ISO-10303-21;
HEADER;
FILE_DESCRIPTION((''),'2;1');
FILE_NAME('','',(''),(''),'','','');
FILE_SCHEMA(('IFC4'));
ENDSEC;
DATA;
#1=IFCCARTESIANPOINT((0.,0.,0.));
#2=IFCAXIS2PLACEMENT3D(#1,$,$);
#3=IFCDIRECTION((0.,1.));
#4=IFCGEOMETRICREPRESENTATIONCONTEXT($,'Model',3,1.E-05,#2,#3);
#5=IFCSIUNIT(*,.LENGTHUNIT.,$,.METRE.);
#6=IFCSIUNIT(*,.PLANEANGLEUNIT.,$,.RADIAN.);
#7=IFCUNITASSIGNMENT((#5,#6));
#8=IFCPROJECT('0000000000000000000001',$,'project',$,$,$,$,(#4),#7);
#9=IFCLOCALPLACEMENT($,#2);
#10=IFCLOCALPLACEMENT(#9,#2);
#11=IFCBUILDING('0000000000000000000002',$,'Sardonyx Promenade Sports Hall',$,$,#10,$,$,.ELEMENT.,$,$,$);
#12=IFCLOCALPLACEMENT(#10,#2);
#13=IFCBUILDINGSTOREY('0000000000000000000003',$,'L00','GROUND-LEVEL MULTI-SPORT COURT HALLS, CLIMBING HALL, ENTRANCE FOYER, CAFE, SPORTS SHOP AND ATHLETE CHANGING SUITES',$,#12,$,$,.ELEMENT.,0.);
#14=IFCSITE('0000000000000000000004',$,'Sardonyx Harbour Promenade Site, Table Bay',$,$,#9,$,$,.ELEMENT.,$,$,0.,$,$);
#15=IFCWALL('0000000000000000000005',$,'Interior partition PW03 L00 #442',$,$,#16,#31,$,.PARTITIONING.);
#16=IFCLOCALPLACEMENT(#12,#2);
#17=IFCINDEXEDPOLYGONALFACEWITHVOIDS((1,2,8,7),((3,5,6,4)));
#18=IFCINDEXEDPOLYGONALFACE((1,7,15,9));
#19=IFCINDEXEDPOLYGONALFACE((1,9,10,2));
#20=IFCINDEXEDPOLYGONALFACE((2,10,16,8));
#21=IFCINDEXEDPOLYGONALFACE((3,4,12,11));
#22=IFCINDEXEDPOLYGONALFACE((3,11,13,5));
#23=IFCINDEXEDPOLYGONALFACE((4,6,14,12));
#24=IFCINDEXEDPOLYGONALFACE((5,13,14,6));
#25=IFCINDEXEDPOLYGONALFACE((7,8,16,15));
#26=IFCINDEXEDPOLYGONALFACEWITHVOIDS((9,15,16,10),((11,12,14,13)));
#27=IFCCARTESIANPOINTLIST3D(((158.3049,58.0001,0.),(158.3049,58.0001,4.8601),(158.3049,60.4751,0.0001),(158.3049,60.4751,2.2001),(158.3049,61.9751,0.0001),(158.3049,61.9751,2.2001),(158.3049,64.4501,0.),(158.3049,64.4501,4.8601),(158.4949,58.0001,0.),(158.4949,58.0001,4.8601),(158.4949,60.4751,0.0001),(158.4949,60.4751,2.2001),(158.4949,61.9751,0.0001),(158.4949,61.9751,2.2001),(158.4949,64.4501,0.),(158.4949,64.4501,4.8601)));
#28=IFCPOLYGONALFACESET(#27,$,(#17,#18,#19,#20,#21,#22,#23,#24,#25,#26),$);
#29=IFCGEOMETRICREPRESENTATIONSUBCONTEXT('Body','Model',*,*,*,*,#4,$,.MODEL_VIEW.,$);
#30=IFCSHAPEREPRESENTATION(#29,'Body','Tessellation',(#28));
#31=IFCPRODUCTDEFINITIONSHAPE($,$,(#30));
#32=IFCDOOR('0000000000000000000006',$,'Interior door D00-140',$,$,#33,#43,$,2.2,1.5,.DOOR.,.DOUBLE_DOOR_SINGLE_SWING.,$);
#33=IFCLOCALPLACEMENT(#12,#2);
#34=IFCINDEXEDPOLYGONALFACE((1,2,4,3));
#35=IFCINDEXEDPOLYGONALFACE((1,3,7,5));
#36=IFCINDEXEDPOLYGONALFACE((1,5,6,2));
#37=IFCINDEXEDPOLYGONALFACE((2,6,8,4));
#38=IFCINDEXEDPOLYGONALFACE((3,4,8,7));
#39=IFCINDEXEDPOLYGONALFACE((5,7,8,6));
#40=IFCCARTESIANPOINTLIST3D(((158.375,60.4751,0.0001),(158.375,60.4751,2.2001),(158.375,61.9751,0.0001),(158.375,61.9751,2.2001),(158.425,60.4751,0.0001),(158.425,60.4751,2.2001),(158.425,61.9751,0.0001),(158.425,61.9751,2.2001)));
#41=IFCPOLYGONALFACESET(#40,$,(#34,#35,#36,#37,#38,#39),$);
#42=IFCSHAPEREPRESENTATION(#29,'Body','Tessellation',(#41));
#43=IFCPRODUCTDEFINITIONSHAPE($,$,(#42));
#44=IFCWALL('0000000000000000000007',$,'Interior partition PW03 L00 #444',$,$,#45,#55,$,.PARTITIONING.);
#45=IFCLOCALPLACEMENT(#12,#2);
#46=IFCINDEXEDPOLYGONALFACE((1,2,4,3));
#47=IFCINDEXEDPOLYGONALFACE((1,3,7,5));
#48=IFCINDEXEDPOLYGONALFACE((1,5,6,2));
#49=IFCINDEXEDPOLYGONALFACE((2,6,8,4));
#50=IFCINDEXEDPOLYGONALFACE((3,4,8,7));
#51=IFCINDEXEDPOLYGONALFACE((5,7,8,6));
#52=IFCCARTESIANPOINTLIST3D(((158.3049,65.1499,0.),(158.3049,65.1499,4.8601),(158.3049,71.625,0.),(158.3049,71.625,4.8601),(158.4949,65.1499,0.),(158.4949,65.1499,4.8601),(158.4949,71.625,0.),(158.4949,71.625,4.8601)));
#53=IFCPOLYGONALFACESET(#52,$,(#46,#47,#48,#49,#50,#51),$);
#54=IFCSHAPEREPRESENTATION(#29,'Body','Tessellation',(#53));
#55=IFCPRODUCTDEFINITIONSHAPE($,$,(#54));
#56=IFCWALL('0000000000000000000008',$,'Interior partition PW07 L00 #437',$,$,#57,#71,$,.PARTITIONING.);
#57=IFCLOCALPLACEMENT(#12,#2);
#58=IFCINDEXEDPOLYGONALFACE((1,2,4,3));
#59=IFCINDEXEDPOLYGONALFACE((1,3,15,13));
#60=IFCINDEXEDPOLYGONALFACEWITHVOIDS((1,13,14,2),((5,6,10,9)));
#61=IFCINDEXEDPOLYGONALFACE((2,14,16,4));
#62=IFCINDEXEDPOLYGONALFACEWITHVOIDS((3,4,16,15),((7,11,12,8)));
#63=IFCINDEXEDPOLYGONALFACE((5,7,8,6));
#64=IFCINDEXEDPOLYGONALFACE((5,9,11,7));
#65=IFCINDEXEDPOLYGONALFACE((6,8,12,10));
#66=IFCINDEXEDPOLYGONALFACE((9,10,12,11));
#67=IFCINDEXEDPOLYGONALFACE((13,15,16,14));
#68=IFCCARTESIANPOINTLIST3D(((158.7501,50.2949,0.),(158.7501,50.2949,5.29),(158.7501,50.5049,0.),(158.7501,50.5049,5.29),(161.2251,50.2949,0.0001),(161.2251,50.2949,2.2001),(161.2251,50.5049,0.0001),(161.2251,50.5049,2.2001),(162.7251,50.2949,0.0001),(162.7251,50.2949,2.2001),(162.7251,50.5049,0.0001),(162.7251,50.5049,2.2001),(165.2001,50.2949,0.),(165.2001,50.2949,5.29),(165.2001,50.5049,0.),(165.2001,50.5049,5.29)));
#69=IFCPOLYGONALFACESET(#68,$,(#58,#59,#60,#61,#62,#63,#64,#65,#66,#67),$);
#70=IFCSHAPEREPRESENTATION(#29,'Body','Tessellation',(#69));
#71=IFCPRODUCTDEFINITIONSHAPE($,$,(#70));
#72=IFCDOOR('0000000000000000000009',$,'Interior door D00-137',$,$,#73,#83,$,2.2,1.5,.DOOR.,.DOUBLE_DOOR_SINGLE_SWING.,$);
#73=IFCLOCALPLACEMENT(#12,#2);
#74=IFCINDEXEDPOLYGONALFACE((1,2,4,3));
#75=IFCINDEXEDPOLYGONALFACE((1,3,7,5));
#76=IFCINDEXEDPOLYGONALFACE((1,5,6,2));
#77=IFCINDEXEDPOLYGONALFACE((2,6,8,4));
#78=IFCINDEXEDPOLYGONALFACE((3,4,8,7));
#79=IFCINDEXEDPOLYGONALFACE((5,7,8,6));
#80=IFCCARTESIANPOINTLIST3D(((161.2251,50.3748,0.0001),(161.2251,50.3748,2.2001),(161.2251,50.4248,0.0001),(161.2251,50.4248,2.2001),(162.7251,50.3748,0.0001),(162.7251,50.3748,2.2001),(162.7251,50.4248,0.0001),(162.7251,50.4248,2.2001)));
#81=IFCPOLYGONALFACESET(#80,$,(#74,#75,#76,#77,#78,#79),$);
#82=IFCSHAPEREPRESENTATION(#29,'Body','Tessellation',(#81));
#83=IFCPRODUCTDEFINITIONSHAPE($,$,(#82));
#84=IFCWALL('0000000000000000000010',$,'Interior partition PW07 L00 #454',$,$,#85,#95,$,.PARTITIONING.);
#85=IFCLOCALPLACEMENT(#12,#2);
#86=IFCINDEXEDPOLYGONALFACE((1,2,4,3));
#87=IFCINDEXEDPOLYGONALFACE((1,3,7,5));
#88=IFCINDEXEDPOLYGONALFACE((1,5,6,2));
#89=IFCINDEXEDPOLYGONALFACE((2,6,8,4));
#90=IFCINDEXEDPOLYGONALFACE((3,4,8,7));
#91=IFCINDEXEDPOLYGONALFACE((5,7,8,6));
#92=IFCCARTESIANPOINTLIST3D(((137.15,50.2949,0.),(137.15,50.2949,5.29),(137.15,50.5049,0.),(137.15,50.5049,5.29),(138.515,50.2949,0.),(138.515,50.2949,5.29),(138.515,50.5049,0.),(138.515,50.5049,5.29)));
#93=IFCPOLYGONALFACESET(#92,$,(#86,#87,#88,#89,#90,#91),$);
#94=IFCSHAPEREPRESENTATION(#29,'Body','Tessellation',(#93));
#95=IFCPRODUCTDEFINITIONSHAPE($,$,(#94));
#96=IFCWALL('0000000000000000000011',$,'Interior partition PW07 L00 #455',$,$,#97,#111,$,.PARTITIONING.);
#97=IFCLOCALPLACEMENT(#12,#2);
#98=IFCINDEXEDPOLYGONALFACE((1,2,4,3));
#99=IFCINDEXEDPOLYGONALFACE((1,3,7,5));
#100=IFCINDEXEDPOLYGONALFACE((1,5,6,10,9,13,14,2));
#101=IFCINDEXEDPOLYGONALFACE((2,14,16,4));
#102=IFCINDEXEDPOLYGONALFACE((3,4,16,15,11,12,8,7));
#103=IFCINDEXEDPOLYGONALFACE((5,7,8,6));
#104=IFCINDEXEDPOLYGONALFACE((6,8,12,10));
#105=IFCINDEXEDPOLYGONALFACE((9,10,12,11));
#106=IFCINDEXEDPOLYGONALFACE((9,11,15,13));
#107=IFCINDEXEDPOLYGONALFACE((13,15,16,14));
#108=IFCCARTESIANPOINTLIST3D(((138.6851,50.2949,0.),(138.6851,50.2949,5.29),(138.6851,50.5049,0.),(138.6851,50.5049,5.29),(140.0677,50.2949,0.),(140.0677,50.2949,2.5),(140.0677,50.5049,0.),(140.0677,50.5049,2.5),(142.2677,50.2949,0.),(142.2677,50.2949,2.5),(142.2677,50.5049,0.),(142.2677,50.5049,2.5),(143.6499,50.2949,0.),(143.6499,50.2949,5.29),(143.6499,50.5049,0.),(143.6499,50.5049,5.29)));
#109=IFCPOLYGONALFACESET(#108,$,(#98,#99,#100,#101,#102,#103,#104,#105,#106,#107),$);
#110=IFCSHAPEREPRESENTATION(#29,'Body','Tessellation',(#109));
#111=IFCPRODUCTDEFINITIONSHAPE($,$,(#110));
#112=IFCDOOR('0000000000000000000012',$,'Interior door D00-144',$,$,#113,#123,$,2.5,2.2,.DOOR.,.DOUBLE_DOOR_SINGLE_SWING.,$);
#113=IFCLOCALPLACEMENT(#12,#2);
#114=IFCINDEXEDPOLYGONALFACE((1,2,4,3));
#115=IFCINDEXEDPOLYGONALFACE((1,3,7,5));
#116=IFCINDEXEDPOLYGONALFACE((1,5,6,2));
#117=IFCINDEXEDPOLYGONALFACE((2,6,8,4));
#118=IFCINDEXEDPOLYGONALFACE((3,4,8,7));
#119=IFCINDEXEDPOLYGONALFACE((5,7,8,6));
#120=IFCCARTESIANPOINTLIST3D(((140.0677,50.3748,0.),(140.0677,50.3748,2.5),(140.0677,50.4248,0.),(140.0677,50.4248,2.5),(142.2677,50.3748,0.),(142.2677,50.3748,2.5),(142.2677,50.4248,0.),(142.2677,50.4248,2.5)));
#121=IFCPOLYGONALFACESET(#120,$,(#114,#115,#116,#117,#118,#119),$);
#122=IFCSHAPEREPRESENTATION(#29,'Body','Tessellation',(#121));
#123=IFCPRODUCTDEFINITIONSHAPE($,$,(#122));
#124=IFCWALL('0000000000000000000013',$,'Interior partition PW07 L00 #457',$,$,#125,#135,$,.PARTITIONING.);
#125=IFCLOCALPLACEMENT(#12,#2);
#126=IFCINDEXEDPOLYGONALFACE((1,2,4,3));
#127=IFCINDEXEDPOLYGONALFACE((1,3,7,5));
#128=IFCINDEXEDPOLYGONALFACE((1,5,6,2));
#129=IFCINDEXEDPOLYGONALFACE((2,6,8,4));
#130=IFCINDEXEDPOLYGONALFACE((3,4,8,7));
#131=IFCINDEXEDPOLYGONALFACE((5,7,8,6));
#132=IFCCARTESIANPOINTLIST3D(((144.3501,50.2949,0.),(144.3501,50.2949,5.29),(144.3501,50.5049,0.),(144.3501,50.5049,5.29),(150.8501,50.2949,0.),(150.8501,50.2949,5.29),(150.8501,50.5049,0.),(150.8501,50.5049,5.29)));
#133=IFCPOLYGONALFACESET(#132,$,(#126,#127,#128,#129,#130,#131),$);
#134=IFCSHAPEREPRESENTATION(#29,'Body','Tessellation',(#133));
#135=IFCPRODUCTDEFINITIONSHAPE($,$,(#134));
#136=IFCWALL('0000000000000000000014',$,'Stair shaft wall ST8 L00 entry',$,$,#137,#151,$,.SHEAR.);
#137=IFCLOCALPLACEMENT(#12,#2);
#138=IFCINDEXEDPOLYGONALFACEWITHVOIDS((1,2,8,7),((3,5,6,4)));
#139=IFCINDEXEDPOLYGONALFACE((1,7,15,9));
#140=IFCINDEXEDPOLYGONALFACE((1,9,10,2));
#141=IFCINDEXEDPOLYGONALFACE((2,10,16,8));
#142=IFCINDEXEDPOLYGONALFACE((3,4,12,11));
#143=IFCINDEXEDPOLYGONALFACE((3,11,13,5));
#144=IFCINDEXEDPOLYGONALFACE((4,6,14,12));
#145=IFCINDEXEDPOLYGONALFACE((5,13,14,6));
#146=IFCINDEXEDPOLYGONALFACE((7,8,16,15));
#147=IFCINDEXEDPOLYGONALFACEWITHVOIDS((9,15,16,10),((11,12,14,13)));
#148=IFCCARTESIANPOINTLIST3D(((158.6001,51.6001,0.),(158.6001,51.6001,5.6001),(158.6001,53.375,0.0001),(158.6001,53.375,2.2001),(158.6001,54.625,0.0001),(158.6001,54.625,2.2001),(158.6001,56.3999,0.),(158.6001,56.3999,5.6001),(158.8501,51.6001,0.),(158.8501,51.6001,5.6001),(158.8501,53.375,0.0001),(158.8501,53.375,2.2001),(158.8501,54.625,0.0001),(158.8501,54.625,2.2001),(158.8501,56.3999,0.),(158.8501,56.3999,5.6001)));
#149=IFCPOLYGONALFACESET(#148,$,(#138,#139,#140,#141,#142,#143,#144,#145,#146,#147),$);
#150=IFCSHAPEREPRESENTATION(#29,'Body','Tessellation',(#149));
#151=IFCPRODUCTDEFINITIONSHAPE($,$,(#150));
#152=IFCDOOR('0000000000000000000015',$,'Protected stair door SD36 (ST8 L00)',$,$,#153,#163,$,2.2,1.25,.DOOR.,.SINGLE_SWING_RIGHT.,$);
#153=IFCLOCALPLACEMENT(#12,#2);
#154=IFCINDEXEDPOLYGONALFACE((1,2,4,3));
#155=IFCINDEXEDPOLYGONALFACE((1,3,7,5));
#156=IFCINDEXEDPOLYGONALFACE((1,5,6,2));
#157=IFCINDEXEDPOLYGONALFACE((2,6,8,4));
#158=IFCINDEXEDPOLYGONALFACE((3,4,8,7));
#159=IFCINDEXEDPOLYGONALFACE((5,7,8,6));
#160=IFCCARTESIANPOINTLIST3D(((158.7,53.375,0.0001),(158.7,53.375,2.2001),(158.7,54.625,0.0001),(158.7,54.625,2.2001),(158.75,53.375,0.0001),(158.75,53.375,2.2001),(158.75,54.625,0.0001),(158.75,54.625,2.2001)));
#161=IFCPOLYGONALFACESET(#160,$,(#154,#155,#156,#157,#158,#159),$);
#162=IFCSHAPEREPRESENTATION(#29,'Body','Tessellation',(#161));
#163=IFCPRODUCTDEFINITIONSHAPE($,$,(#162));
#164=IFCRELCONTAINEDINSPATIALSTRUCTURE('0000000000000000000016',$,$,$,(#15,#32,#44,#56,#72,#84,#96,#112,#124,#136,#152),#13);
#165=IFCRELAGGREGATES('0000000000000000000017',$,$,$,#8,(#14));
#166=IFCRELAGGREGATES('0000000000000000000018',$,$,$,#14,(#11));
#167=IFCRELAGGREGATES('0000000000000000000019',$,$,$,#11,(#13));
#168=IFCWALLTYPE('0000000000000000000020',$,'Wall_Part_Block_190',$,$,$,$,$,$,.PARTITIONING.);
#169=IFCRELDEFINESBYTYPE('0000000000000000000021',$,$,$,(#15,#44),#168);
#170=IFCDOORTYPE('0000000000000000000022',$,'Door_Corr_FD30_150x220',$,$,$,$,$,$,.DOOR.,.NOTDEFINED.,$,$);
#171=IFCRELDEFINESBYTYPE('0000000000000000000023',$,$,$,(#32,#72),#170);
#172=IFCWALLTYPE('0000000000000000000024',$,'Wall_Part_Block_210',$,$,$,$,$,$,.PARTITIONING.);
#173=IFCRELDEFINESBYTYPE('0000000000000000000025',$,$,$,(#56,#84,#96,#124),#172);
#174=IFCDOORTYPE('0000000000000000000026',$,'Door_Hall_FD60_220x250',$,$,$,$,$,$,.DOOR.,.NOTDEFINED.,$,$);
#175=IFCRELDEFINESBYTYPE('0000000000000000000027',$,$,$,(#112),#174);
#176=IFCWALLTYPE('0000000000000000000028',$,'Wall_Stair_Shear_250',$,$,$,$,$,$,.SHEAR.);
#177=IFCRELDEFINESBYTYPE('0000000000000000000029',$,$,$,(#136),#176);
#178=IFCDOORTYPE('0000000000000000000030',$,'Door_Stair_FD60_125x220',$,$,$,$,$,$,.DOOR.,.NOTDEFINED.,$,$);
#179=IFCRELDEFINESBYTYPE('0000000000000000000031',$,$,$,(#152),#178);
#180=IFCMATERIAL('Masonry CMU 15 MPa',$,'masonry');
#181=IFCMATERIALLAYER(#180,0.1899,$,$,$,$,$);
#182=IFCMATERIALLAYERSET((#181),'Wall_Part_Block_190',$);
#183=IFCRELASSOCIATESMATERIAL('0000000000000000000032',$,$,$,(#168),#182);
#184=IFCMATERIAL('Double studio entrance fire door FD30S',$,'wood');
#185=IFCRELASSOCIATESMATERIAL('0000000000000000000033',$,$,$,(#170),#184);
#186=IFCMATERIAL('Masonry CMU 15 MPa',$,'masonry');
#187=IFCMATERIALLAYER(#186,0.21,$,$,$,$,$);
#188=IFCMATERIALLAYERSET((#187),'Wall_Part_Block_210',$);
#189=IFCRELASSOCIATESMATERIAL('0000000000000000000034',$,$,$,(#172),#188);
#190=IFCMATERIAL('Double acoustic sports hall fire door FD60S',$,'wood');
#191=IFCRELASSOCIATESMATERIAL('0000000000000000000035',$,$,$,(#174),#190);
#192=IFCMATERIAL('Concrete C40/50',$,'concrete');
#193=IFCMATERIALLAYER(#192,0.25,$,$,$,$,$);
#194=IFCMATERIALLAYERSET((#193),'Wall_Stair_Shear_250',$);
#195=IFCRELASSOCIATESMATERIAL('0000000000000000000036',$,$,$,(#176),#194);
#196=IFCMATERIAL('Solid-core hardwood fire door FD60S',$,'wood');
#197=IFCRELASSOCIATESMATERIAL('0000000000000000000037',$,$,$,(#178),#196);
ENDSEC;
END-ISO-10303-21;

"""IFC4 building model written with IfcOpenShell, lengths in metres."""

from ifc_helpers import new_model, si_unit, direction, frame, frame_2d, origin, place, context, subcontext, project, spatial, rectangle, extrude, material, layer, layer_set, type_object, element, fill, save


model = new_model("IFC4")

# Units and contexts
model_context = context("Model", 3, precision=1e-05, world=origin(), true_north=direction((0.0, 1.0)))
body_context = subcontext(model_context, "Body", "Model", "MODEL_VIEW")
ifc_project = project(units=[si_unit("LENGTHUNIT", "METRE"), si_unit("PLANEANGLEUNIT", "RADIAN")], contexts=[model_context])

# Site, building, storey
site_placement = place(None, origin())
site = spatial("IfcSite", under=ifc_project, at=site_placement, Name="Sardonyx Harbour Promenade Site, Table Bay", CompositionType="ELEMENT", RefElevation=0.0)
building_placement = place(site_placement, origin())
building = spatial("IfcBuilding", under=site, at=building_placement, Name="Sardonyx Promenade Sports Hall", CompositionType="ELEMENT")
storey_placement = place(building_placement, origin())
storey = spatial("IfcBuildingStorey", under=building, at=storey_placement, Name="L00", Description="GROUND-LEVEL MULTI-SPORT COURT HALLS, CLIMBING HALL, ENTRANCE FOYER, CAFE, SPORTS SHOP AND ATHLETE CHANGING SUITES", CompositionType="ELEMENT", Elevation=0.0)

# Wall, opening, door
ifc_material_1 = material(Name="Masonry CMU 15 MPa", Category="masonry")
ifc_layer_1 = layer(ifc_material_1, 0.1899)
ifc_layer_set_1 = layer_set([ifc_layer_1], Name="Wall_Part_Block_190")
wall_type_1 = type_object("IfcWallType", Name="Wall_Part_Block_190", PredefinedType="PARTITIONING", material=ifc_layer_set_1)
wall_1_placement = place(storey_placement, frame((158.3999, 58.0, 0.0), z_axis=(0.0, 0.0, 1.0), x_axis=(0.0, 1.0, 0.0)))
wall_1 = element("IfcWall", 1, at=wall_1_placement, inside=storey, type_object=wall_type_1, Name="Interior partition PW03 L00 #442", PredefinedType="PARTITIONING", context=body_context, shape_type="SweptSolid", body=[
    extrude(rectangle(XDim=6.45, YDim=0.1899, at=frame_2d((3.2251, 0.0))), origin(), (0.0, 0.0, 1.0), 4.8601),
])
opening_1_placement = place(wall_1_placement, frame((2.4751, 0.0, 0.0)))
opening_1 = element("IfcOpeningElement", 2, at=opening_1_placement, cuts=wall_1, PredefinedType="OPENING", context=body_context, shape_type="SweptSolid", body=[
    extrude(rectangle(XDim=1.5, YDim=2.2, at=frame_2d((0.75, 1.1001))), frame((0.0, 0.105, 0.0), z_axis=(0.0, -1.0, 0.0), x_axis=(1.0, 0.0, 0.0)), (0.0, 0.0, 1.0), 0.21),
])
ifc_material_2 = material(Name="Double studio entrance fire door FD30S", Category="wood")
door_type_1 = type_object("IfcDoorType", Name="Door_Corr_FD30_150x220", OperationType="NOTDEFINED", PredefinedType="DOOR", material=ifc_material_2)
door_1_placement = place(opening_1_placement, origin())
door_1 = element("IfcDoor", 3, at=door_1_placement, inside=storey, type_object=door_type_1, Name="Interior door D00-140", OperationType="DOUBLE_DOOR_SINGLE_SWING", OverallHeight=2.2, OverallWidth=1.5, PredefinedType="DOOR", context=body_context, shape_type="SweptSolid", body=[
    extrude(rectangle(XDim=1.5, YDim=2.2, at=frame_2d((0.75, 1.1001))), frame((0.0, 0.0249, 0.0), z_axis=(0.0, -1.0, 0.0), x_axis=(1.0, 0.0, 0.0)), (0.0, 0.0, 1.0), 0.05),
])
fill(opening_1, door_1)

# Wall
wall_2_placement = place(storey_placement, frame((158.3999, 65.1499, 0.0), z_axis=(0.0, 0.0, 1.0), x_axis=(0.0, 1.0, 0.0)))
element("IfcWall", 4, at=wall_2_placement, inside=storey, type_object=wall_type_1, Name="Interior partition PW03 L00 #444", PredefinedType="PARTITIONING", context=body_context, shape_type="SweptSolid", body=[
    extrude(rectangle(XDim=6.4751, YDim=0.1899, at=frame_2d((3.2375, 0.0))), origin(), (0.0, 0.0, 1.0), 4.8601),
])

# Wall, opening, door
ifc_material_3 = material(Name="Masonry CMU 15 MPa", Category="masonry")
ifc_layer_2 = layer(ifc_material_3, 0.21)
ifc_layer_set_2 = layer_set([ifc_layer_2], Name="Wall_Part_Block_210")
wall_type_2 = type_object("IfcWallType", Name="Wall_Part_Block_210", PredefinedType="PARTITIONING", material=ifc_layer_set_2)
wall_3_placement = place(storey_placement, frame((158.75, 50.3999, 0.0), z_axis=(0.0, 0.0, 1.0), x_axis=(1.0, 0.0, 0.0)))
wall_3 = element("IfcWall", 5, at=wall_3_placement, inside=storey, type_object=wall_type_2, Name="Interior partition PW07 L00 #437", PredefinedType="PARTITIONING", context=body_context, shape_type="SweptSolid", body=[
    extrude(rectangle(XDim=6.45, YDim=0.21, at=frame_2d((3.2251, 0.0))), origin(), (0.0, 0.0, 1.0), 5.29),
])
opening_2_placement = place(wall_3_placement, frame((2.4751, 0.0, 0.0)))
opening_2 = element("IfcOpeningElement", 6, at=opening_2_placement, cuts=wall_3, PredefinedType="OPENING", context=body_context, shape_type="SweptSolid", body=[
    extrude(rectangle(XDim=1.5, YDim=2.2, at=frame_2d((0.75, 1.1001))), frame((0.0, 0.115, 0.0), z_axis=(0.0, -1.0, 0.0), x_axis=(1.0, 0.0, 0.0)), (0.0, 0.0, 1.0), 0.23),
])
door_2_placement = place(opening_2_placement, origin())
door_2 = element("IfcDoor", 7, at=door_2_placement, inside=storey, type_object=door_type_1, Name="Interior door D00-137", OperationType="DOUBLE_DOOR_SINGLE_SWING", OverallHeight=2.2, OverallWidth=1.5, PredefinedType="DOOR", context=body_context, shape_type="SweptSolid", body=[
    extrude(rectangle(XDim=1.5, YDim=2.2, at=frame_2d((0.75, 1.1001))), frame((0.0, 0.0249, 0.0), z_axis=(0.0, -1.0, 0.0), x_axis=(1.0, 0.0, 0.0)), (0.0, 0.0, 1.0), 0.05),
])
fill(opening_2, door_2)

# Wall
wall_4_placement = place(storey_placement, frame((137.1499, 50.3999, 0.0), z_axis=(0.0, 0.0, 1.0), x_axis=(1.0, 0.0, 0.0)))
element("IfcWall", 8, at=wall_4_placement, inside=storey, type_object=wall_type_2, Name="Interior partition PW07 L00 #454", PredefinedType="PARTITIONING", context=body_context, shape_type="SweptSolid", body=[
    extrude(rectangle(XDim=1.365, YDim=0.21, at=frame_2d((0.6826, 0.0))), origin(), (0.0, 0.0, 1.0), 5.29),
])

# Wall, opening, door
wall_5_placement = place(storey_placement, frame((138.6851, 50.3999, 0.0), z_axis=(0.0, 0.0, 1.0), x_axis=(1.0, 0.0, 0.0)))
wall_5 = element("IfcWall", 9, at=wall_5_placement, inside=storey, type_object=wall_type_2, Name="Interior partition PW07 L00 #455", PredefinedType="PARTITIONING", context=body_context, shape_type="SweptSolid", body=[
    extrude(rectangle(XDim=4.9648, YDim=0.21, at=frame_2d((2.4824, 0.0))), origin(), (0.0, 0.0, 1.0), 5.29),
])
opening_3_placement = place(wall_5_placement, frame((1.3826, 0.0, 0.0)))
opening_3 = element("IfcOpeningElement", 10, at=opening_3_placement, cuts=wall_5, PredefinedType="OPENING", context=body_context, shape_type="SweptSolid", body=[
    extrude(rectangle(XDim=2.2, YDim=2.5, at=frame_2d((1.1001, 1.25))), frame((0.0, 0.115, 0.0), z_axis=(0.0, -1.0, 0.0), x_axis=(1.0, 0.0, 0.0)), (0.0, 0.0, 1.0), 0.23),
])
ifc_material_4 = material(Name="Double acoustic sports hall fire door FD60S", Category="wood")
door_type_2 = type_object("IfcDoorType", Name="Door_Hall_FD60_220x250", OperationType="NOTDEFINED", PredefinedType="DOOR", material=ifc_material_4)
door_3_placement = place(opening_3_placement, origin())
door_3 = element("IfcDoor", 11, at=door_3_placement, inside=storey, type_object=door_type_2, Name="Interior door D00-144", OperationType="DOUBLE_DOOR_SINGLE_SWING", OverallHeight=2.5, OverallWidth=2.2, PredefinedType="DOOR", context=body_context, shape_type="SweptSolid", body=[
    extrude(rectangle(XDim=2.2, YDim=2.5, at=frame_2d((1.1001, 1.25))), frame((0.0, 0.0249, 0.0), z_axis=(0.0, -1.0, 0.0), x_axis=(1.0, 0.0, 0.0)), (0.0, 0.0, 1.0), 0.05),
])
fill(opening_3, door_3)

# Wall
wall_6_placement = place(storey_placement, frame((144.3501, 50.3999, 0.0), z_axis=(0.0, 0.0, 1.0), x_axis=(1.0, 0.0, 0.0)))
element("IfcWall", 12, at=wall_6_placement, inside=storey, type_object=wall_type_2, Name="Interior partition PW07 L00 #457", PredefinedType="PARTITIONING", context=body_context, shape_type="SweptSolid", body=[
    extrude(rectangle(XDim=6.5, YDim=0.21, at=frame_2d((3.25, 0.0))), origin(), (0.0, 0.0, 1.0), 5.29),
])

# Wall, opening, door
ifc_material_5 = material(Name="Concrete C40/50", Category="concrete")
ifc_layer_3 = layer(ifc_material_5, 0.25)
ifc_layer_set_3 = layer_set([ifc_layer_3], Name="Wall_Stair_Shear_250")
wall_type_3 = type_object("IfcWallType", Name="Wall_Stair_Shear_250", PredefinedType="SHEAR", material=ifc_layer_set_3)
wall_7_placement = place(storey_placement, frame((158.7251, 56.3999, 0.0), z_axis=(0.0, 0.0, 1.0), x_axis=(0.0, -1.0, 0.0)))
wall_7 = element("IfcWall", 13, at=wall_7_placement, inside=storey, type_object=wall_type_3, Name="Stair shaft wall ST8 L00 entry", PredefinedType="SHEAR", context=body_context, shape_type="SweptSolid", body=[
    extrude(rectangle(XDim=4.7998, YDim=0.25, at=frame_2d((2.3999, 0.0))), origin(), (0.0, 0.0, 1.0), 5.6001),
])
opening_4_placement = place(wall_7_placement, frame((1.7749, 0.0, 0.0)))
opening_4 = element("IfcOpeningElement", 14, at=opening_4_placement, cuts=wall_7, PredefinedType="OPENING", context=body_context, shape_type="SweptSolid", body=[
    extrude(rectangle(XDim=1.25, YDim=2.2, at=frame_2d((0.625, 1.1001))), frame((0.0, 0.135, 0.0), z_axis=(0.0, -1.0, 0.0), x_axis=(1.0, 0.0, 0.0)), (0.0, 0.0, 1.0), 0.27),
])
ifc_material_6 = material(Name="Solid-core hardwood fire door FD60S", Category="wood")
door_type_3 = type_object("IfcDoorType", Name="Door_Stair_FD60_125x220", OperationType="NOTDEFINED", PredefinedType="DOOR", material=ifc_material_6)
door_4_placement = place(opening_4_placement, origin())
door_4 = element("IfcDoor", 15, at=door_4_placement, inside=storey, type_object=door_type_3, Name="Protected stair door SD36 (ST8 L00)", OperationType="SINGLE_SWING_RIGHT", OverallHeight=2.2, OverallWidth=1.25, PredefinedType="DOOR", context=body_context, shape_type="SweptSolid", body=[
    extrude(rectangle(XDim=1.25, YDim=2.2, at=frame_2d((0.625, 1.1001))), frame((0.0, 0.0249, 0.0), z_axis=(0.0, -1.0, 0.0), x_axis=(1.0, 0.0, 0.0)), (0.0, 0.0, 1.0), 0.05),
])
fill(opening_4, door_4)

save(model, "model.ifc")
